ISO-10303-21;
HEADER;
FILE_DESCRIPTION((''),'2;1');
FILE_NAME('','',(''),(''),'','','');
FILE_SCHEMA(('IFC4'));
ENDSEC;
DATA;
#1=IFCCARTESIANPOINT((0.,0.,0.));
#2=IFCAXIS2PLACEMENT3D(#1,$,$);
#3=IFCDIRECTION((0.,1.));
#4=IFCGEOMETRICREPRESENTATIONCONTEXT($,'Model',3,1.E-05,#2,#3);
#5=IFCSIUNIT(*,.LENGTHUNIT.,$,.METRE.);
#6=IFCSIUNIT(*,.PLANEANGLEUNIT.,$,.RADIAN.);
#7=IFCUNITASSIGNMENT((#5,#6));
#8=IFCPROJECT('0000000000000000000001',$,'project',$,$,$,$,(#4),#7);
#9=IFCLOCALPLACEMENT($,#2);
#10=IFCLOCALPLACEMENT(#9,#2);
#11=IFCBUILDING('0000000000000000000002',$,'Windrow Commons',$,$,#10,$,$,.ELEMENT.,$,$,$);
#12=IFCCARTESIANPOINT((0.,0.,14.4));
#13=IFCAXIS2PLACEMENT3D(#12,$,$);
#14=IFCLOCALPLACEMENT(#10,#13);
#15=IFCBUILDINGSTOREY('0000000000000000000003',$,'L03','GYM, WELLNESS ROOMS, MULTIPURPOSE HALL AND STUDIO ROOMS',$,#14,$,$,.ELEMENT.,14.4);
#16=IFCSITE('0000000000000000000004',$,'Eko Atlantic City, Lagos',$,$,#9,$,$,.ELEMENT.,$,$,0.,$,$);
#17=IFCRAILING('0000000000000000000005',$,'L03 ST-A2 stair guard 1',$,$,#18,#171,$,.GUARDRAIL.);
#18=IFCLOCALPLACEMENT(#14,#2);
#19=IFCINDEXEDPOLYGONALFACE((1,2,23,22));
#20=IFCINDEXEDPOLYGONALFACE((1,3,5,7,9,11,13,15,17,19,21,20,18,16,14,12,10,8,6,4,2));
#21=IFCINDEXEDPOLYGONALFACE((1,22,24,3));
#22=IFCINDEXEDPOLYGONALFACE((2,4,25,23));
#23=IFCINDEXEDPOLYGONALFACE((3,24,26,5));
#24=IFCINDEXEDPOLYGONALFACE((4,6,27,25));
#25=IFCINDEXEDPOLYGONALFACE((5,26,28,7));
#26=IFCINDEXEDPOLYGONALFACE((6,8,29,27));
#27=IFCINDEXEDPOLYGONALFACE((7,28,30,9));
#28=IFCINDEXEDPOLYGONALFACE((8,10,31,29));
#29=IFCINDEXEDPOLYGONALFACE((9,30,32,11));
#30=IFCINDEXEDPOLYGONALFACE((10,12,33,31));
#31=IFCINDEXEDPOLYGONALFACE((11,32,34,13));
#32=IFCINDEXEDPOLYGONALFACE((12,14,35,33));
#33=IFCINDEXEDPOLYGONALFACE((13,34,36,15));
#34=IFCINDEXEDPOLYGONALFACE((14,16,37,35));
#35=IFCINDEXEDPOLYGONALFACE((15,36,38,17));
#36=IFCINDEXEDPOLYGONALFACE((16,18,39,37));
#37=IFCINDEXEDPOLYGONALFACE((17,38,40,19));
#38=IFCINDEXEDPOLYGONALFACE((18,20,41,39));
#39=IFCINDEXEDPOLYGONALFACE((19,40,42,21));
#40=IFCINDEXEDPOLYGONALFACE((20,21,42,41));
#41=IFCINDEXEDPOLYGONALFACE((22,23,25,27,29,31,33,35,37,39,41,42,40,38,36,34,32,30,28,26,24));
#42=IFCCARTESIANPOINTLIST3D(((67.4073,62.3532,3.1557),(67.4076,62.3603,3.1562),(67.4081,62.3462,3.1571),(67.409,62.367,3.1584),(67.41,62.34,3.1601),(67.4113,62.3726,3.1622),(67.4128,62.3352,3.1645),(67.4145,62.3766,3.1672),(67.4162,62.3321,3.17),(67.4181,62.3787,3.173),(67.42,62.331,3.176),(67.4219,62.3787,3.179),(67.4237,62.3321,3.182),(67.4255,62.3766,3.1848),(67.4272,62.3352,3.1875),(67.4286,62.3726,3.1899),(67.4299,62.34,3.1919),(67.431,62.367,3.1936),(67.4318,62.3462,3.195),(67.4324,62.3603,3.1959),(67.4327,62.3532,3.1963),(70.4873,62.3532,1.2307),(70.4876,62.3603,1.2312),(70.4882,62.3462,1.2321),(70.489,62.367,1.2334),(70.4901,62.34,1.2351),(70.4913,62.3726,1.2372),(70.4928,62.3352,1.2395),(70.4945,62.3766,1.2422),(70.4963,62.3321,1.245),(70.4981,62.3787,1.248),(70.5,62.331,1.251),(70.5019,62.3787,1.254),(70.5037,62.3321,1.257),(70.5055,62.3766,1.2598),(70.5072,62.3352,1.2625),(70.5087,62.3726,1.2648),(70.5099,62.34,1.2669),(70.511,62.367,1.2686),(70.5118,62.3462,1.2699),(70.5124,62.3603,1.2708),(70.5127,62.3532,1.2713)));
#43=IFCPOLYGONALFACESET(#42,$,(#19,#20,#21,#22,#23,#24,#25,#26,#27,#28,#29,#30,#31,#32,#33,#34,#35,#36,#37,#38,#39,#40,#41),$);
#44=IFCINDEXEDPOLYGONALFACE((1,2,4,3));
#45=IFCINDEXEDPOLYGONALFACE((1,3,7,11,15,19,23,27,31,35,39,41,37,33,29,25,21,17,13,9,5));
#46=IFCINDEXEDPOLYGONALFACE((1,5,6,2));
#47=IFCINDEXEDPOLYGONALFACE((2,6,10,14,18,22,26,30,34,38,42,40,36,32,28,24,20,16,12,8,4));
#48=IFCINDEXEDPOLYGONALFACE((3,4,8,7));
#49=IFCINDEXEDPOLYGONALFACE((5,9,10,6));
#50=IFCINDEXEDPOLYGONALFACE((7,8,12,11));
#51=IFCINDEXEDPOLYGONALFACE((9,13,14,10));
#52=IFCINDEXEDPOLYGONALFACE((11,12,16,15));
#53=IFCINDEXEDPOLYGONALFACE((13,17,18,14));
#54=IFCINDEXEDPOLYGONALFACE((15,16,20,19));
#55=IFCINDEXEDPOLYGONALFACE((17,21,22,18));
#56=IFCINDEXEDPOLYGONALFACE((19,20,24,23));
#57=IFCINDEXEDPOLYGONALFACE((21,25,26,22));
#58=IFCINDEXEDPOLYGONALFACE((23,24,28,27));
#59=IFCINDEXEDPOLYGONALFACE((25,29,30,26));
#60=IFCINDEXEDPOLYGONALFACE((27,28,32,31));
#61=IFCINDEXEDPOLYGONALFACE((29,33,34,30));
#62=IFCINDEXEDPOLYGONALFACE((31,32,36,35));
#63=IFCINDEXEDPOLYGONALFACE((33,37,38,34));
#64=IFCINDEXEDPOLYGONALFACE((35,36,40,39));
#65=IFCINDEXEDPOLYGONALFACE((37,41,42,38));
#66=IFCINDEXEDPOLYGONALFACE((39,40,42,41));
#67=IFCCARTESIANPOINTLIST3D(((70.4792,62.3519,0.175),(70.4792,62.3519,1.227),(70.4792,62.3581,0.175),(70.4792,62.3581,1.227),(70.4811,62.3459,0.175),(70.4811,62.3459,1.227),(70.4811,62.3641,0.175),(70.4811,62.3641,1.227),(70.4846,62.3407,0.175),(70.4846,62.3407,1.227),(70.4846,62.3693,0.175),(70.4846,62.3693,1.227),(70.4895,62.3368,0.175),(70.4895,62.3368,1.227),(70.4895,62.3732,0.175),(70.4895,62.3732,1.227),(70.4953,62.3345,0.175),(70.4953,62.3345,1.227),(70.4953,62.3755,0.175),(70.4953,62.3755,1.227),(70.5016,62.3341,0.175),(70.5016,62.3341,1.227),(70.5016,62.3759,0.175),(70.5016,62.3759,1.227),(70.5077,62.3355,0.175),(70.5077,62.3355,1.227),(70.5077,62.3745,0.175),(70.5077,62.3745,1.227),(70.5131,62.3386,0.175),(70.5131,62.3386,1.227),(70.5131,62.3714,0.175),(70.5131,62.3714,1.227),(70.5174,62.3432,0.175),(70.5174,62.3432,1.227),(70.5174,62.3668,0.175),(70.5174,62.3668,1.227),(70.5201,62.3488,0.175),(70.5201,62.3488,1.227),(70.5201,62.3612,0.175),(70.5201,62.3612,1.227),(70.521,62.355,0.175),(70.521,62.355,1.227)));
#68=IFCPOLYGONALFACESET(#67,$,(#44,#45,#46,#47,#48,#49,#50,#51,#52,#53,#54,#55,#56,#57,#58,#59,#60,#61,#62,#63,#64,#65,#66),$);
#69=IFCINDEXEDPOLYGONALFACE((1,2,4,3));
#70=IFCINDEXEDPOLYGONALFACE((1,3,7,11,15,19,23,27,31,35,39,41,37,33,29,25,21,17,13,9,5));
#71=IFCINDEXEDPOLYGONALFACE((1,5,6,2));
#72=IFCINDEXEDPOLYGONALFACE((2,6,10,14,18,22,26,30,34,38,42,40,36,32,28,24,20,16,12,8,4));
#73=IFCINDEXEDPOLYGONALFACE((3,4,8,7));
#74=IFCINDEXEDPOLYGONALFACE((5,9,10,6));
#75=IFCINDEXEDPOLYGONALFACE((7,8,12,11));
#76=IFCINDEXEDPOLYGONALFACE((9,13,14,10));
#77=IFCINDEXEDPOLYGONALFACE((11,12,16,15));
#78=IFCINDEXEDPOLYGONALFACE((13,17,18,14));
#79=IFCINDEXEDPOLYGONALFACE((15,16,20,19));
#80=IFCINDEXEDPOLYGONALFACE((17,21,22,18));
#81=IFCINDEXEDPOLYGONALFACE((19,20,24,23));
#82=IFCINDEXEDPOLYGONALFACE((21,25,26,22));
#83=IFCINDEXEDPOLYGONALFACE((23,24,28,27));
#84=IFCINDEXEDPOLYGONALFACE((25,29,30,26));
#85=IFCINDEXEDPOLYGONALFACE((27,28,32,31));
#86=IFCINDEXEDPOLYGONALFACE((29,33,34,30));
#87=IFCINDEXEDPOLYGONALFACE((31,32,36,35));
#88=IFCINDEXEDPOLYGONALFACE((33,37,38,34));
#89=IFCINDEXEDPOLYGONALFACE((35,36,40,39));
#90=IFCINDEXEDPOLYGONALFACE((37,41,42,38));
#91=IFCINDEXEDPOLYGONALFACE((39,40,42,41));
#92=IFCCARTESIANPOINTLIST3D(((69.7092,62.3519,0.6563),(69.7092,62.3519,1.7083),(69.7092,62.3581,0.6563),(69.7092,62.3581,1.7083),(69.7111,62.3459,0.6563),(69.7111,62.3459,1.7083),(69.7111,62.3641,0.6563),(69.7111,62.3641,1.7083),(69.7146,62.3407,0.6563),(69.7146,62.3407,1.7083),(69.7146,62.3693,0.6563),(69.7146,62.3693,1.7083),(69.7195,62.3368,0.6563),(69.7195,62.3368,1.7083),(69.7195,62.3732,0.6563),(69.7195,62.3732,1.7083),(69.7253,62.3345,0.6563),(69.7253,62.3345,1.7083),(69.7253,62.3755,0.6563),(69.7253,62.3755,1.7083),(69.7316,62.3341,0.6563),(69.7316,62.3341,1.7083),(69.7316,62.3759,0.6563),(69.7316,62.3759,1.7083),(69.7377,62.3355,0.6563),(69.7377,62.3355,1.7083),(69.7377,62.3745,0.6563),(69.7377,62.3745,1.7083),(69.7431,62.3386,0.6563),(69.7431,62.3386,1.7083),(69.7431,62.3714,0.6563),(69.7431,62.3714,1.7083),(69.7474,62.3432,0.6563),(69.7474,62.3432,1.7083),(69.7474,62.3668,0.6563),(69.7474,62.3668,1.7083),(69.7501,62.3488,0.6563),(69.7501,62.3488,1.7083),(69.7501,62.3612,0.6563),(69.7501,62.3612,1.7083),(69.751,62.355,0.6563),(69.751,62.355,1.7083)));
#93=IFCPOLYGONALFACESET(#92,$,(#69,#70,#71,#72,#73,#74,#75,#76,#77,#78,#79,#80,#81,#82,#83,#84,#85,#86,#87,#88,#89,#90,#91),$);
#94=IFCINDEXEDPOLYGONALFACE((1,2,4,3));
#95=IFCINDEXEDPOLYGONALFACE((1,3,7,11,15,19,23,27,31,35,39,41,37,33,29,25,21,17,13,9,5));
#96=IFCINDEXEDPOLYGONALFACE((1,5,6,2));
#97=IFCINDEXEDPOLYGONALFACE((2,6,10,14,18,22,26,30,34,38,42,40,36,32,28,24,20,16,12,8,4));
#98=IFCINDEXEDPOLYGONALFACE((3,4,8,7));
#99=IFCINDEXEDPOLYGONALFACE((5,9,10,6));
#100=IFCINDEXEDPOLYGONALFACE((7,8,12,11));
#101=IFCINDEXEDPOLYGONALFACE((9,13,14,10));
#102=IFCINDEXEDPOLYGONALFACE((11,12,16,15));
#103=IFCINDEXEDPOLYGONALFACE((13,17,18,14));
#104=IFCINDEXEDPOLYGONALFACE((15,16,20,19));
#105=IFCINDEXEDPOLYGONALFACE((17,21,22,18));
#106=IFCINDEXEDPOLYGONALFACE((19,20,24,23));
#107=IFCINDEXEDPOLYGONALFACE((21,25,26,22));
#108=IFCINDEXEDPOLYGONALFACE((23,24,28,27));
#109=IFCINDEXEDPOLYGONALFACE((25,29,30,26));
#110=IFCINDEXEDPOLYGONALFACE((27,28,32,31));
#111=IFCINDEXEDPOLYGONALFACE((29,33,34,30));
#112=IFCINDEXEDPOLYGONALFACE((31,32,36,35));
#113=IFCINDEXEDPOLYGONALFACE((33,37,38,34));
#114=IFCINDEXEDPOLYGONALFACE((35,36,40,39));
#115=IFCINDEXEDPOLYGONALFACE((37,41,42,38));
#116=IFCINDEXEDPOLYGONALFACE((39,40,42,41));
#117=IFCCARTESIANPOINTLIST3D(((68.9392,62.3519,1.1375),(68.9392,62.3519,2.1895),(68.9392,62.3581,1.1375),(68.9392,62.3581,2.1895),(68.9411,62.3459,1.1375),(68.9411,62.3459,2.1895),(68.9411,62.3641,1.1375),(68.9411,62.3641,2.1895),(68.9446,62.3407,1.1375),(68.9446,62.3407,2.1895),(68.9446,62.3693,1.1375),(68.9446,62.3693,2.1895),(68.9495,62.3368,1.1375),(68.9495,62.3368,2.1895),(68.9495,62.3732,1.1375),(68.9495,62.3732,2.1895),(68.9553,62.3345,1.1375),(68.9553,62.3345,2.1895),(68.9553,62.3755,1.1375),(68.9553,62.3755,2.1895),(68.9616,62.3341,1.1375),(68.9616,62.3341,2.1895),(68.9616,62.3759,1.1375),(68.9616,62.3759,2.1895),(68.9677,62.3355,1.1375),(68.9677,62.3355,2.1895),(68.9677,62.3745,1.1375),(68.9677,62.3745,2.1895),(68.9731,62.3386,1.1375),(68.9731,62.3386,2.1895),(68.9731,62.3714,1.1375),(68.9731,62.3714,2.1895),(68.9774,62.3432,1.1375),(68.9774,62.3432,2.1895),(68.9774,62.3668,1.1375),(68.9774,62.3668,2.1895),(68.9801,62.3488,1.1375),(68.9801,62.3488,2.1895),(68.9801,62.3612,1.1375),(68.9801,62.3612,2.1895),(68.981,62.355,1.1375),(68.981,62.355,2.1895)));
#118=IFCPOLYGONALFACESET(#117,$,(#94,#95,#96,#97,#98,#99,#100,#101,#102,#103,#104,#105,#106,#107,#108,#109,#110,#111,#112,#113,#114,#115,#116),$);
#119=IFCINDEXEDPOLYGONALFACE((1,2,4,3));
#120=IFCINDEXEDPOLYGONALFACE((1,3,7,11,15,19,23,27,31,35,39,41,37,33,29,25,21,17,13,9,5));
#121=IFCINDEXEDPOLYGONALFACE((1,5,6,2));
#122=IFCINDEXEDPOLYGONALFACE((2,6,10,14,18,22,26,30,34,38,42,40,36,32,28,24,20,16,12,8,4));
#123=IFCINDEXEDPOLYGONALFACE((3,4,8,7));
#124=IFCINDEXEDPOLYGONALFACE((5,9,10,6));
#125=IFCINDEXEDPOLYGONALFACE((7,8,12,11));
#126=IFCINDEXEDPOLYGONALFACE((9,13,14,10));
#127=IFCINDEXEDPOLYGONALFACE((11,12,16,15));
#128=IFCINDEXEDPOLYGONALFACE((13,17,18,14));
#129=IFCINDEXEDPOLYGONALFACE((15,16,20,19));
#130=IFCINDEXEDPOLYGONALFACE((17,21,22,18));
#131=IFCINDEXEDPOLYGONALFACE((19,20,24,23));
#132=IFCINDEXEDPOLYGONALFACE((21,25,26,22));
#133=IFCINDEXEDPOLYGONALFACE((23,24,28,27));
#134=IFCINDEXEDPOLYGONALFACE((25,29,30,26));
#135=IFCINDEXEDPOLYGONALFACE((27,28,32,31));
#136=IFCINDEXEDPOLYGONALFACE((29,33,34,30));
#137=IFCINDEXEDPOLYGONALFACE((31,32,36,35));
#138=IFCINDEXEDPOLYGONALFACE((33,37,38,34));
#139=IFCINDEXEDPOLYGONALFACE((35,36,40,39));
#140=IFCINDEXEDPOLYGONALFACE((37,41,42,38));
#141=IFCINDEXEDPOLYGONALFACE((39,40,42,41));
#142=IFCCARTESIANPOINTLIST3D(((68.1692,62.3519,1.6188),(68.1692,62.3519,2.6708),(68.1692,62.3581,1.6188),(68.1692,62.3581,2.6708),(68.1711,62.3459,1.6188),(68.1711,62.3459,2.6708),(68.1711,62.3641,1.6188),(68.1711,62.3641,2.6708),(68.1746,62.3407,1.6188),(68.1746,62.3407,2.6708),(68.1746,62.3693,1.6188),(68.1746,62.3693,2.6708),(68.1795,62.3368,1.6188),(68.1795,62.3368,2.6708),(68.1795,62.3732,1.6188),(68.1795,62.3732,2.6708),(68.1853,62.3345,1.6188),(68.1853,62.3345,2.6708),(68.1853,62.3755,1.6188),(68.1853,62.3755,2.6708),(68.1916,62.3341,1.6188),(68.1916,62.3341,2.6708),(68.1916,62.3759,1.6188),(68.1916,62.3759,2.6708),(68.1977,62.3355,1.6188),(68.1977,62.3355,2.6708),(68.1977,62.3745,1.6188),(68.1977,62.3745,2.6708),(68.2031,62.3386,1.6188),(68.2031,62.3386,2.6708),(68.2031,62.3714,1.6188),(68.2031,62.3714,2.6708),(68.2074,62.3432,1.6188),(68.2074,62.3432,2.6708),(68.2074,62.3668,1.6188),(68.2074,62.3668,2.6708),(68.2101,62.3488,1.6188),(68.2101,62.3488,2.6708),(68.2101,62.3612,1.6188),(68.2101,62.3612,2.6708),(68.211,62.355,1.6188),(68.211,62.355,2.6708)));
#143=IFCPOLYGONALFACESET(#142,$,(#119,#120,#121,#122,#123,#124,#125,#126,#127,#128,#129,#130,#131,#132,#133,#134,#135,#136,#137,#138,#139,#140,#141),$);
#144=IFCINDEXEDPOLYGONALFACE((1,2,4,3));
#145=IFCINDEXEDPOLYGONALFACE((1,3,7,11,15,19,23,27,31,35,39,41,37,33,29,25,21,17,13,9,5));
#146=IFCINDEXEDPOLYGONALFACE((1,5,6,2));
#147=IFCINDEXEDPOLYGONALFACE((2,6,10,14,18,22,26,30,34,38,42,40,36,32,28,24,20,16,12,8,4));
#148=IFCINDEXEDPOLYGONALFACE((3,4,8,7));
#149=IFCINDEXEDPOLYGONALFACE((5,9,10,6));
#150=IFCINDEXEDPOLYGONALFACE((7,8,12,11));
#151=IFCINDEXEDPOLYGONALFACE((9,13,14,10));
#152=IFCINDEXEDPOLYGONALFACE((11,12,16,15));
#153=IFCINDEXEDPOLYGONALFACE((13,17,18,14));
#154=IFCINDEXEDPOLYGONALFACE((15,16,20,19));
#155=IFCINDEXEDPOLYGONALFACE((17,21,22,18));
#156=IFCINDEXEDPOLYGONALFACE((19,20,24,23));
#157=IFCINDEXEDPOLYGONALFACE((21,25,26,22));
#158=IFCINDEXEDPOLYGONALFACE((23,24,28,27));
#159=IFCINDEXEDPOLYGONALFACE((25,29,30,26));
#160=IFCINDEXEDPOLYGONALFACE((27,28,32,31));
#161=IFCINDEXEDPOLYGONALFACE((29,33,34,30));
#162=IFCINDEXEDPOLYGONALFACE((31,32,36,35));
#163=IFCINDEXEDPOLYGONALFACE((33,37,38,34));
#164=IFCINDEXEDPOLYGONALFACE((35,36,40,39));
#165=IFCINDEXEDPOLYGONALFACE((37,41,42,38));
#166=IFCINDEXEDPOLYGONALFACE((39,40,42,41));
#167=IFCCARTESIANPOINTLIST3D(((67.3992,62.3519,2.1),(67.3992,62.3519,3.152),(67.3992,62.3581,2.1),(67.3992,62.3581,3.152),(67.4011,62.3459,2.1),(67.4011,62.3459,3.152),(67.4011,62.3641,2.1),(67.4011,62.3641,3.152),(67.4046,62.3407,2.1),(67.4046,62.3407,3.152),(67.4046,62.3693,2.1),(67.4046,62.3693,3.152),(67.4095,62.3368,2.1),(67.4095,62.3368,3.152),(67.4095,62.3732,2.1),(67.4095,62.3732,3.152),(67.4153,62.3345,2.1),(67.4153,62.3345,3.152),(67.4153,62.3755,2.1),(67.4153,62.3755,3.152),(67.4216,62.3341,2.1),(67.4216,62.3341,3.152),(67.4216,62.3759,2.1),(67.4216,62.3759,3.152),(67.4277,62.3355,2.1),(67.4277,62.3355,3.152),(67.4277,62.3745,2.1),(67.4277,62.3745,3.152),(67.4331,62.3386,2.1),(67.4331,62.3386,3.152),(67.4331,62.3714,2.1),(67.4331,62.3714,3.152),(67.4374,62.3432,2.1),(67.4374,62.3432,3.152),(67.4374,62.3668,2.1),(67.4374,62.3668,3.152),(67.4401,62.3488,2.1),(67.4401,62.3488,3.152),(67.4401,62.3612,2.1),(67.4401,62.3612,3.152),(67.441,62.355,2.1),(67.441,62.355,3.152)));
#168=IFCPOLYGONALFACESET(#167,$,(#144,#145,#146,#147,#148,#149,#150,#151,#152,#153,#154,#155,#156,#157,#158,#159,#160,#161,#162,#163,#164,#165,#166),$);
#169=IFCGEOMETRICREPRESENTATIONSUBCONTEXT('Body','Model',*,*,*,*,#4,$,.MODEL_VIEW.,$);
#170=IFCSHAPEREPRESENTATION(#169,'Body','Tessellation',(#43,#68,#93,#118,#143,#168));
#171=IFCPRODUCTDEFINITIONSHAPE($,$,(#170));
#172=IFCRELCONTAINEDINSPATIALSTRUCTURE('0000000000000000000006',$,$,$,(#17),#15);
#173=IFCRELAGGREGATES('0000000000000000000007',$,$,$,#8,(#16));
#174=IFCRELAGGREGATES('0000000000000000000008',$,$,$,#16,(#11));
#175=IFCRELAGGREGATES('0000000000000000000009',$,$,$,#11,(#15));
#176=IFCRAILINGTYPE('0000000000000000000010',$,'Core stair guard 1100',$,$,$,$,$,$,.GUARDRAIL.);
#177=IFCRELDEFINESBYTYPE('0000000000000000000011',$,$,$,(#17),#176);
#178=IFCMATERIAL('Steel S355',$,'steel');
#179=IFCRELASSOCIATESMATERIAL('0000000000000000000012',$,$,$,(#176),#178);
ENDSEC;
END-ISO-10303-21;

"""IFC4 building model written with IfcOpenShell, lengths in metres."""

from ifc_helpers import new_model, si_unit, direction, frame, origin, origin_2d, place, context, subcontext, project, spatial, circle, extrude, material, type_object, element, save


model = new_model("IFC4")

# Units and contexts
model_context = context("Model", 3, precision=1e-05, world=origin(), true_north=direction((0.0, 1.0)))
body_context = subcontext(model_context, "Body", "Model", "MODEL_VIEW")
ifc_project = project(units=[si_unit("LENGTHUNIT", "METRE"), si_unit("PLANEANGLEUNIT", "RADIAN")], contexts=[model_context])

# Site, building, storey
site_placement = place(None, origin())
site = spatial("IfcSite", under=ifc_project, at=site_placement, Name="Eko Atlantic City, Lagos", CompositionType="ELEMENT", RefElevation=0.0)
building_placement = place(site_placement, origin())
building = spatial("IfcBuilding", under=site, at=building_placement, Name="Windrow Commons", CompositionType="ELEMENT")
storey_placement = place(building_placement, frame((0.0, 0.0, 14.4)))
storey = spatial("IfcBuildingStorey", under=building, at=storey_placement, Name="L03", Description="GYM, WELLNESS ROOMS, MULTIPURPOSE HALL AND STUDIO ROOMS", CompositionType="ELEMENT", Elevation=14.4)

# Railing
ifc_material_1 = material(Name="Steel S355", Category="steel")
railing_type_1 = type_object("IfcRailingType", Name="Core stair guard 1100", PredefinedType="GUARDRAIL", material=ifc_material_1)
railing_1_placement = place(storey_placement, frame((70.5, 62.355, 0.175)))
element("IfcRailing", 1, at=railing_1_placement, inside=storey, type_object=railing_type_1, Name="L03 ST-A2 stair guard 1", PredefinedType="GUARDRAIL", context=body_context, shape_type="SweptSolid", body=[
    extrude(circle(Radius=0.024, at=origin_2d()), frame((0.0, 0.0, 1.076), z_axis=(-0.847998, 0.0, 0.529999), x_axis=(0.0, -1.0, 0.0)), (0.0, 0.0, 1.0), 3.6321),
    extrude(circle(Radius=0.021, at=origin_2d()), origin(), (0.0, 0.0, 1.0), 1.052),
    extrude(circle(Radius=0.021, at=origin_2d()), frame((-0.77, 0.0, 0.4813)), (0.0, 0.0, 1.0), 1.052),
    extrude(circle(Radius=0.021, at=origin_2d()), frame((-1.54, 0.0, 0.9625)), (0.0, 0.0, 1.0), 1.052),
    extrude(circle(Radius=0.021, at=origin_2d()), frame((-2.31, 0.0, 1.4438)), (0.0, 0.0, 1.0), 1.052),
    extrude(circle(Radius=0.021, at=origin_2d()), frame((-3.08, 0.0, 1.925)), (0.0, 0.0, 1.0), 1.052),
])

save(model, "model.ifc")
